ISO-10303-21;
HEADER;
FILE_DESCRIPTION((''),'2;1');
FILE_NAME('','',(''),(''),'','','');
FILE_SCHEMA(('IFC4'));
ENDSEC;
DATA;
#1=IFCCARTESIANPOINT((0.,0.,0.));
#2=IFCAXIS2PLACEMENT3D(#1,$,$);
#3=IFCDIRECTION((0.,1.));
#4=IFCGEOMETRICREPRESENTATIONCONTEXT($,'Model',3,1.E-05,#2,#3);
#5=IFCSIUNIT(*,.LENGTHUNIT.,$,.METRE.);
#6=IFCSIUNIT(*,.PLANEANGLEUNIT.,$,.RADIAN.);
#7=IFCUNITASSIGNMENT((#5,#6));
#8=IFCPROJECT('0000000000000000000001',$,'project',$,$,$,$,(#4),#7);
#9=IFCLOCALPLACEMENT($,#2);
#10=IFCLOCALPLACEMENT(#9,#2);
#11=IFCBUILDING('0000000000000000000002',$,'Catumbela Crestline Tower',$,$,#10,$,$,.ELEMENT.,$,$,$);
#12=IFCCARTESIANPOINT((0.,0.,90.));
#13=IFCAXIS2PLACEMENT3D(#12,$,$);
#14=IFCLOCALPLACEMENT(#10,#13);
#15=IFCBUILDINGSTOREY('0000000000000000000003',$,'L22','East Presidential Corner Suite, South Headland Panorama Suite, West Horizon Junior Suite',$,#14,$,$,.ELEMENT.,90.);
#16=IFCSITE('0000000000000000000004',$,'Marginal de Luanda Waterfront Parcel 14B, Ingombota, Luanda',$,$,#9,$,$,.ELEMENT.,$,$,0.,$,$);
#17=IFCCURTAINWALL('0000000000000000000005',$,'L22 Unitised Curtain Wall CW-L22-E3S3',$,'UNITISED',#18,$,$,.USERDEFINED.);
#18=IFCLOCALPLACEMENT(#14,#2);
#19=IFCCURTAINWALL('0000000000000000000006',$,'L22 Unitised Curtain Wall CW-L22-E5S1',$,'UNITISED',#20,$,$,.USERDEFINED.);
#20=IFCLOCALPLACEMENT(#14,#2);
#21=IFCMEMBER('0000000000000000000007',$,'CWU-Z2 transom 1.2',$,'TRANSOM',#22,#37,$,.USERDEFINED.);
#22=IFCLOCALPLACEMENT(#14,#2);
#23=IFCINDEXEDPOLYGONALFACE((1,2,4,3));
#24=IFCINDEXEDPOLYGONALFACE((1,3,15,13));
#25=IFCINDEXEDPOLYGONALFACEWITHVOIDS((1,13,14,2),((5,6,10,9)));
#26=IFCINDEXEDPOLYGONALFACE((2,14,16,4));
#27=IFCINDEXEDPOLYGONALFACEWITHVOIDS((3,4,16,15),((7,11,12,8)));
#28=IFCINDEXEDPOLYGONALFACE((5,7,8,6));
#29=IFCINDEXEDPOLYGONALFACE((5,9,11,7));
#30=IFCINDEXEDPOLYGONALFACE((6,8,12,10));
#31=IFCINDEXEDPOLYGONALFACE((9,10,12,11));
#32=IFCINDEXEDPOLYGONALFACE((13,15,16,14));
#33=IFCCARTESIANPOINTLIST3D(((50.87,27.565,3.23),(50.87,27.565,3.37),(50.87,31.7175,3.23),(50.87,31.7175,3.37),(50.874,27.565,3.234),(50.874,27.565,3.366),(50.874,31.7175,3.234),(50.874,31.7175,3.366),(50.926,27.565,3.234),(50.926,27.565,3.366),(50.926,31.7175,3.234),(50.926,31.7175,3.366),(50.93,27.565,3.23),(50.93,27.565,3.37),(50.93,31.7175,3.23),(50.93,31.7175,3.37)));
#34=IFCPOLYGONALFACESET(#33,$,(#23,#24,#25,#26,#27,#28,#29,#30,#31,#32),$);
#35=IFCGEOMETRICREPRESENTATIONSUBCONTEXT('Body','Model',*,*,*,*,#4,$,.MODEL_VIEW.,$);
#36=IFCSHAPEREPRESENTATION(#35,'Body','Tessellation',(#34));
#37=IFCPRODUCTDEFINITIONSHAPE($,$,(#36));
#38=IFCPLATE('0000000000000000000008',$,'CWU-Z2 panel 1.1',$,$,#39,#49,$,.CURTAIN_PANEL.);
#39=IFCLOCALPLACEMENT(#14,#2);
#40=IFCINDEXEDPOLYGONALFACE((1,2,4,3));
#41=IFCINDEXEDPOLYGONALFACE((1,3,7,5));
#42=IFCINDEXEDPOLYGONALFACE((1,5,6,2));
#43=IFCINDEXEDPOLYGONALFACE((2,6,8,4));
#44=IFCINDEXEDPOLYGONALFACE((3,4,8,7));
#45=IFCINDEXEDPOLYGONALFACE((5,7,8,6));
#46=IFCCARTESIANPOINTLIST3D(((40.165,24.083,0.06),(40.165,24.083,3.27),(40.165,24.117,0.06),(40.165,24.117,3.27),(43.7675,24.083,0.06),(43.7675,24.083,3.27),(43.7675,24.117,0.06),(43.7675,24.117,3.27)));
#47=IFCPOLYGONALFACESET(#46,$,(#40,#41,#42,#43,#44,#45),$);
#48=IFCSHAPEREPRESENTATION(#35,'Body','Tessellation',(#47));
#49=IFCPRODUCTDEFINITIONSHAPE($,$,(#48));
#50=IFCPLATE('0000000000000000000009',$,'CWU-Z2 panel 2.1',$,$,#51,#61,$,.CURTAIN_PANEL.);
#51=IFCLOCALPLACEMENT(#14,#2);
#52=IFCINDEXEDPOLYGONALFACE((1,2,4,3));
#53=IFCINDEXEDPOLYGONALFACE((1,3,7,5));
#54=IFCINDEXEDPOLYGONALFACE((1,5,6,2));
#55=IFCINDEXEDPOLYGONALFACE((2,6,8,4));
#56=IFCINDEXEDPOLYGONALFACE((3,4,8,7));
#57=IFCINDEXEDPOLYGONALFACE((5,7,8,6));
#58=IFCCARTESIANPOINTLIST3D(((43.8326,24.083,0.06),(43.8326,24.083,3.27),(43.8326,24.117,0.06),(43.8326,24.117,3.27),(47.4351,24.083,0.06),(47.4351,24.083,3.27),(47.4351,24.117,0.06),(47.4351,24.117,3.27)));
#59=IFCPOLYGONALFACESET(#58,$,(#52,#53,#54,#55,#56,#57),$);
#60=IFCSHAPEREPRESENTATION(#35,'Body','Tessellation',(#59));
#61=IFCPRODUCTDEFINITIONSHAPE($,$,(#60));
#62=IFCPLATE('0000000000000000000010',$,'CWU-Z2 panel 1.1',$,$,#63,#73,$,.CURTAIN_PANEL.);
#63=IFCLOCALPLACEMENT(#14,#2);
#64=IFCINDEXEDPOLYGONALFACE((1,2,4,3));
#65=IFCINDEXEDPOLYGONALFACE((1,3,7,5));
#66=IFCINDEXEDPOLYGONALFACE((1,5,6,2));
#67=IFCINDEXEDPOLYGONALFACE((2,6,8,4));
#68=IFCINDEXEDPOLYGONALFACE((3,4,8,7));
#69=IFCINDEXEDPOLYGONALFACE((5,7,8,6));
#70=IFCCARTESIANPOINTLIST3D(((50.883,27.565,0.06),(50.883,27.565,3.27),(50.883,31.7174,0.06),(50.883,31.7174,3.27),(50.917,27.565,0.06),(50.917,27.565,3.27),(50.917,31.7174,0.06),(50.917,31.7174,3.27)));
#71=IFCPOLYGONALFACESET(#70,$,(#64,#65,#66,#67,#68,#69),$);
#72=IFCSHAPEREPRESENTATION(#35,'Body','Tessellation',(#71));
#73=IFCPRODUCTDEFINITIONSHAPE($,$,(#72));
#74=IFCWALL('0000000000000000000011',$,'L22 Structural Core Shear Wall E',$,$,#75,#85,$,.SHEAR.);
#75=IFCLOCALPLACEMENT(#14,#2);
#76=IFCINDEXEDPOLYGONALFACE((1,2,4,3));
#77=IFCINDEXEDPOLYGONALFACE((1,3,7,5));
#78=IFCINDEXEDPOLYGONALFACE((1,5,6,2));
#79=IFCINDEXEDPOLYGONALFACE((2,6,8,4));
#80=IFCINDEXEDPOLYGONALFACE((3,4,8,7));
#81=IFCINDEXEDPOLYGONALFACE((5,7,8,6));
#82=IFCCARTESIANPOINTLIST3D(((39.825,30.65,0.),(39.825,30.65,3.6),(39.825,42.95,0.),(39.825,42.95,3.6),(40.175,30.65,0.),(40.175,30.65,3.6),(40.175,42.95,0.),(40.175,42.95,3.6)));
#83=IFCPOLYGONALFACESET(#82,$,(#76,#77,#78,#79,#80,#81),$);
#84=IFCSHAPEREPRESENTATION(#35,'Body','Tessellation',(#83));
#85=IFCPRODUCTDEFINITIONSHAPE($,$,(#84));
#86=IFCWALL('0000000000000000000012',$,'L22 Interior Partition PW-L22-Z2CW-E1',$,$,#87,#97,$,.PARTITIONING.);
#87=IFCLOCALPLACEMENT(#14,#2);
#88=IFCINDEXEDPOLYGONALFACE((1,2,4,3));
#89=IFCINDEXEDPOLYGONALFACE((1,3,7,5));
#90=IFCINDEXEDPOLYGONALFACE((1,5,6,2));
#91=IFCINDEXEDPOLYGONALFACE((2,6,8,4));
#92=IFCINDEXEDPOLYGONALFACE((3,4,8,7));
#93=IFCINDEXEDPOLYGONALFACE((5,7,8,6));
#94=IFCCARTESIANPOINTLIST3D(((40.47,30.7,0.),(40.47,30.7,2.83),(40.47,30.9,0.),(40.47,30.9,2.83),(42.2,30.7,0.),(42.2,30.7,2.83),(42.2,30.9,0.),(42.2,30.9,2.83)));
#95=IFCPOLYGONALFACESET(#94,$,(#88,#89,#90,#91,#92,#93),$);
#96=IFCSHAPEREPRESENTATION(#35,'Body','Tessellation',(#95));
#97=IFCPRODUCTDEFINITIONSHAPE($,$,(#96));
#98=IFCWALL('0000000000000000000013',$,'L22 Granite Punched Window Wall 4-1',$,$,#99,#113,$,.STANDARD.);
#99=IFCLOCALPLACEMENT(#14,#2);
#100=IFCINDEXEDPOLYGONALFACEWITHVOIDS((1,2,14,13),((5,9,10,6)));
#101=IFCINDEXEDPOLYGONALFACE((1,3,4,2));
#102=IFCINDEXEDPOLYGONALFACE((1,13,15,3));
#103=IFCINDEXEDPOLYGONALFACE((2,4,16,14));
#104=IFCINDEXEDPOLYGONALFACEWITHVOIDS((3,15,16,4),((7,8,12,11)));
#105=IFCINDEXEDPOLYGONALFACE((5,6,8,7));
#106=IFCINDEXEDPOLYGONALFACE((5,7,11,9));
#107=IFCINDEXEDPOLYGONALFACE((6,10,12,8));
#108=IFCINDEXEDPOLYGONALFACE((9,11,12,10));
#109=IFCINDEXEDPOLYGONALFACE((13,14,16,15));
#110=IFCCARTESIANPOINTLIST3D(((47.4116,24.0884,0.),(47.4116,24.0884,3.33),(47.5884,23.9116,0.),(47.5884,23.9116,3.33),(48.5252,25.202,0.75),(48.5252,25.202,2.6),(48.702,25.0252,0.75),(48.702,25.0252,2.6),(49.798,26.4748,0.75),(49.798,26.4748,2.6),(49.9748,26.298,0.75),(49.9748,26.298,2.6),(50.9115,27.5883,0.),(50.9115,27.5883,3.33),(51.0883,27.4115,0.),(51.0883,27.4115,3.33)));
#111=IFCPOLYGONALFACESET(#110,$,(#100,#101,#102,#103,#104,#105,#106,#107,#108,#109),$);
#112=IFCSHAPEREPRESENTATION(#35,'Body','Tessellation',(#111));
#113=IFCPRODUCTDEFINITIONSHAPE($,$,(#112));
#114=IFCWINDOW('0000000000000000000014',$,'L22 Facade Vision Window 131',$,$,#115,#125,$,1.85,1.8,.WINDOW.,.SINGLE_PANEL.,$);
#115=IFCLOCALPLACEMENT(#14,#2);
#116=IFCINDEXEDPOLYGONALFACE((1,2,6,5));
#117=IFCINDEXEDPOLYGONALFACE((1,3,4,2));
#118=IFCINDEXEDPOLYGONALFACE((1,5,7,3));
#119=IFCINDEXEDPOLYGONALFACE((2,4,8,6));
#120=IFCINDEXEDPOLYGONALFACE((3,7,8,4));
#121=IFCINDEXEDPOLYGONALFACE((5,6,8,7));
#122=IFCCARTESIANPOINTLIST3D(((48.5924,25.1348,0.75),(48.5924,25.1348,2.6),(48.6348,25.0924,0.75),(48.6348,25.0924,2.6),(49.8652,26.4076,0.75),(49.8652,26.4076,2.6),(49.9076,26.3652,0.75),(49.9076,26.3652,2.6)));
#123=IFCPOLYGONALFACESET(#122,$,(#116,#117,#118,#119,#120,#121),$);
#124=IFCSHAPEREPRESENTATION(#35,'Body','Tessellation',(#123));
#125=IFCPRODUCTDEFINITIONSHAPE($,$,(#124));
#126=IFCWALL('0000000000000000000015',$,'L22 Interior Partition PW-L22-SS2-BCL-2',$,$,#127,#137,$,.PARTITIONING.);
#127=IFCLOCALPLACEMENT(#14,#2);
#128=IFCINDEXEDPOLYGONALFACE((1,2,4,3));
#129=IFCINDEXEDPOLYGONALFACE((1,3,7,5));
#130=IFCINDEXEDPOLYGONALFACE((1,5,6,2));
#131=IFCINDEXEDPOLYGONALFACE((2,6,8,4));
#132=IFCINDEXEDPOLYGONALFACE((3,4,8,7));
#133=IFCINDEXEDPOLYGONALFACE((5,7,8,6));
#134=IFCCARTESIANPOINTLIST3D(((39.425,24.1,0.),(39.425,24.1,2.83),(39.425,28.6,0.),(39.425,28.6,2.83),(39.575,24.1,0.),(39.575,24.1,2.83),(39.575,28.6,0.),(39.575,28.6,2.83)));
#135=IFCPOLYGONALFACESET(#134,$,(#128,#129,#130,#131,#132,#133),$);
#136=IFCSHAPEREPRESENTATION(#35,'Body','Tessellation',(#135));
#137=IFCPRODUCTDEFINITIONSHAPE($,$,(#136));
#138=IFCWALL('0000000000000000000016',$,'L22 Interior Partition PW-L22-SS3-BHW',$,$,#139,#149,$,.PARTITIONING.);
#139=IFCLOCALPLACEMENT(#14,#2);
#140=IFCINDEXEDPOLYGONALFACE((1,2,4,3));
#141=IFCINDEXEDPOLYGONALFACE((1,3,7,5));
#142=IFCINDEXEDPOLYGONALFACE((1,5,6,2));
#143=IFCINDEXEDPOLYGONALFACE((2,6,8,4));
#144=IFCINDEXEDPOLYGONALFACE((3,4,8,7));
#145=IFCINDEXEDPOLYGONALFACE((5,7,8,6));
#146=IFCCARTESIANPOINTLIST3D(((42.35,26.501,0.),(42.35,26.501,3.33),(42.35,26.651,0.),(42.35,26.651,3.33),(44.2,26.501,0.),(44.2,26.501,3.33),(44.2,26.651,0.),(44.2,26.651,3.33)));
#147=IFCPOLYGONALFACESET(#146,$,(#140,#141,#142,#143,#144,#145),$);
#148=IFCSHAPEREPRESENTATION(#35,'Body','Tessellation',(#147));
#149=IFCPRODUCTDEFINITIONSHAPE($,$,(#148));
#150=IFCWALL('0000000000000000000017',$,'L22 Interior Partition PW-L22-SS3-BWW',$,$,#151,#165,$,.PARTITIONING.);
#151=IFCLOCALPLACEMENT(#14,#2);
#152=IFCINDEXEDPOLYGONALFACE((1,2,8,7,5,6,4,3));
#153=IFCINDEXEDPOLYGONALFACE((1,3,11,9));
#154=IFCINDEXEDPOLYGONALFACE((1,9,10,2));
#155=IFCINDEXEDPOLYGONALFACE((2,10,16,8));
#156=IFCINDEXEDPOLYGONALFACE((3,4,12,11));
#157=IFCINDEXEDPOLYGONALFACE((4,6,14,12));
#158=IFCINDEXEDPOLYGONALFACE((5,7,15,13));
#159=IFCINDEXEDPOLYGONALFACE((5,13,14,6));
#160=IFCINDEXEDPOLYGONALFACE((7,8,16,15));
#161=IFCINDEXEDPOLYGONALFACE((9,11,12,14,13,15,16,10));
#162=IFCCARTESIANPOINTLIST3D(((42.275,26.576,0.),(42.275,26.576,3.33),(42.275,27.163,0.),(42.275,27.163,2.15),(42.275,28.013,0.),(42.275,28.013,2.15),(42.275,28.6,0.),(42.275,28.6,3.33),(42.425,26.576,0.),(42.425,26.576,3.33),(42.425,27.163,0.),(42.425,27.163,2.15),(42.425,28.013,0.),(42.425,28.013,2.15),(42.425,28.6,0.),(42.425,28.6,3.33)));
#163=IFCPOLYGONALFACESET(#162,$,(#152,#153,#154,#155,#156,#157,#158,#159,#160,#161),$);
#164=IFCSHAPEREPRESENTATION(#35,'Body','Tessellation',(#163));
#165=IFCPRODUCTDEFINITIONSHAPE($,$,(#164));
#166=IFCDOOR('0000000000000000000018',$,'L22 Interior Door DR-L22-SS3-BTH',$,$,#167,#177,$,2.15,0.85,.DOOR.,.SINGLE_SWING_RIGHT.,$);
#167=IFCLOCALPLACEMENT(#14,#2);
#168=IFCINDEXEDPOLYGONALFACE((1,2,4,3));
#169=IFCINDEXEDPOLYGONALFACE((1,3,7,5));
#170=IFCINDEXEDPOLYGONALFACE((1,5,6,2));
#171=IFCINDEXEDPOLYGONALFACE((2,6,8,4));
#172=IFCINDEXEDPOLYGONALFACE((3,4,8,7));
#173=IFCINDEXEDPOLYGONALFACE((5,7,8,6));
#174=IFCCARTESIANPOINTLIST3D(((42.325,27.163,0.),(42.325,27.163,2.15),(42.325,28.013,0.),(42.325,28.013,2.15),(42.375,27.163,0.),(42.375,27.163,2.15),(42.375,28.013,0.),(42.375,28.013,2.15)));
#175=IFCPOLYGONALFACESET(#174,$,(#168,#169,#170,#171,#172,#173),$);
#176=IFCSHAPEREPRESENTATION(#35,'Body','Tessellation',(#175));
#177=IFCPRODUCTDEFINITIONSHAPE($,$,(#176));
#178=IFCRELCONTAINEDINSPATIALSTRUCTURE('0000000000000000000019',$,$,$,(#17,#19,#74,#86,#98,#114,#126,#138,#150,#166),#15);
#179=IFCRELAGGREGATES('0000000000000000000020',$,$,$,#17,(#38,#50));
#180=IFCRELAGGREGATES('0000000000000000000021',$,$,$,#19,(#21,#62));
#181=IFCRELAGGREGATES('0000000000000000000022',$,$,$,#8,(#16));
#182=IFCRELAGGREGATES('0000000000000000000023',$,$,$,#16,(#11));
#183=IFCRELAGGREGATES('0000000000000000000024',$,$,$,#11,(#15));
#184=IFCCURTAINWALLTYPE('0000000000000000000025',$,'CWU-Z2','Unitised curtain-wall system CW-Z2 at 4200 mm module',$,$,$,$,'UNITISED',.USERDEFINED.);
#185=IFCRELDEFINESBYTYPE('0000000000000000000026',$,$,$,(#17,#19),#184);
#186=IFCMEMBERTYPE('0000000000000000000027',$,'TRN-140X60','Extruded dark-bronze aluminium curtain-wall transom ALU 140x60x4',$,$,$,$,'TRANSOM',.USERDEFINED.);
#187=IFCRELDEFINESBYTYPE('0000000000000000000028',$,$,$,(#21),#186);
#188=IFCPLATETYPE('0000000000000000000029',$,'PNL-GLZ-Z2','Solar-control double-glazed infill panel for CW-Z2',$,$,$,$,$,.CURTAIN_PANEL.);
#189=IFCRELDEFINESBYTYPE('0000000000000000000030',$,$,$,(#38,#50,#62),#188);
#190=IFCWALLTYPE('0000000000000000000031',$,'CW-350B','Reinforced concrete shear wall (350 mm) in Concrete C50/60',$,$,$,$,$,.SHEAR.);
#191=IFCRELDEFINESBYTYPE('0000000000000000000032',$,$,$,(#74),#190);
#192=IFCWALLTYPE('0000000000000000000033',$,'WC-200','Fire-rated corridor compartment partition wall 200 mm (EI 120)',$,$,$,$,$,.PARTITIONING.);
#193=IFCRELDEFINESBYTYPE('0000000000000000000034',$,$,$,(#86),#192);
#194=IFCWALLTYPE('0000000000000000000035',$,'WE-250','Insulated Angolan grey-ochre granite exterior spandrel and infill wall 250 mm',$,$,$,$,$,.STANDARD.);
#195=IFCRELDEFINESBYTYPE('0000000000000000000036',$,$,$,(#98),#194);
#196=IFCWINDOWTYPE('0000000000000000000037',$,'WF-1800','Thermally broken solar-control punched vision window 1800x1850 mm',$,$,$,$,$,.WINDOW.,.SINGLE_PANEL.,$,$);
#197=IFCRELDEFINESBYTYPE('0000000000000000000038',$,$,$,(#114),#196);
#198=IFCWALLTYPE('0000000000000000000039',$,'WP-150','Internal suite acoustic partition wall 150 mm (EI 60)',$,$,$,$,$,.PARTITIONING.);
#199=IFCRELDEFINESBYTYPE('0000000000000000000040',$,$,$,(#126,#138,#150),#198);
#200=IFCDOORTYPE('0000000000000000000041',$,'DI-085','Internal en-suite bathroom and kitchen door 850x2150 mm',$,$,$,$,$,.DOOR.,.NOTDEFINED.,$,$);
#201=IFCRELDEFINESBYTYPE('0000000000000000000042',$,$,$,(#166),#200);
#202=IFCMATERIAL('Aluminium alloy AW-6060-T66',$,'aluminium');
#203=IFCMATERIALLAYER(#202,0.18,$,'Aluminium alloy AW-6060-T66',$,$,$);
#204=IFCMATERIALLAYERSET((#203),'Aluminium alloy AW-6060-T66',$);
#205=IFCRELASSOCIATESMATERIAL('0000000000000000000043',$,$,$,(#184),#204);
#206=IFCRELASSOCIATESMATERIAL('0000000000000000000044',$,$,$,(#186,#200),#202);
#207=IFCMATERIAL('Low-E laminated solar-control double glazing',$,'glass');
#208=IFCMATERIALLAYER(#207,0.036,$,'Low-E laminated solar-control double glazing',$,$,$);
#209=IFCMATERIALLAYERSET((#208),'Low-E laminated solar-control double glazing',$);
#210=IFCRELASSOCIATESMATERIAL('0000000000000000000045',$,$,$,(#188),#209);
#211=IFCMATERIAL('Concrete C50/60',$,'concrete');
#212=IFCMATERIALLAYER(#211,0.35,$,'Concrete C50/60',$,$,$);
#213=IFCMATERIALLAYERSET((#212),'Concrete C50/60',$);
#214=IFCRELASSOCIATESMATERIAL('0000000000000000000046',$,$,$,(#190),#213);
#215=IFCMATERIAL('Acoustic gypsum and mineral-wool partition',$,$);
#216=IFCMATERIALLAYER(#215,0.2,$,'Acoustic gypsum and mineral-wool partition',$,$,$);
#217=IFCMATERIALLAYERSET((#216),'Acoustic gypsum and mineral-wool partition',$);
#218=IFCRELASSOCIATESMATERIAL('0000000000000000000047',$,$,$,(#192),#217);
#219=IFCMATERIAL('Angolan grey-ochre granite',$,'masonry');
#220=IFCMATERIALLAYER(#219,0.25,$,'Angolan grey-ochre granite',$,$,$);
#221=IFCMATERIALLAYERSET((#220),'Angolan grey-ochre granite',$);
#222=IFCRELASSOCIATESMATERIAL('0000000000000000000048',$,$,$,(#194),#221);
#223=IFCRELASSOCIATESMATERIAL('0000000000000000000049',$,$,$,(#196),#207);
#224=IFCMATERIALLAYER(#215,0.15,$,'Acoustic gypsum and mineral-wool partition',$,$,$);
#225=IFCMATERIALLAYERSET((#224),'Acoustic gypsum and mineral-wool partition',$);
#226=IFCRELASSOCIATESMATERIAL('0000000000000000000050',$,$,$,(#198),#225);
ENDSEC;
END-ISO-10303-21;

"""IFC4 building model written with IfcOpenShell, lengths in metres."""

from ifc_helpers import new_model, si_unit, direction, frame, frame_2d, origin, origin_2d, place, context, subcontext, project, spatial, rectangle, hollow_rectangle, extrude, material, layer, layer_set, material_profile, profile_set, type_object, element, fill, aggregate, save


model = new_model("IFC4")

# Units and contexts
model_context = context("Model", 3, precision=1e-05, world=origin(), true_north=direction((0.0, 1.0)))
body_context = subcontext(model_context, "Body", "Model", "MODEL_VIEW")
ifc_project = project(units=[si_unit("LENGTHUNIT", "METRE"), si_unit("PLANEANGLEUNIT", "RADIAN")], contexts=[model_context])

# Site, building, storey
site_placement = place(None, origin())
site = spatial("IfcSite", under=ifc_project, at=site_placement, Name="Marginal de Luanda Waterfront Parcel 14B, Ingombota, Luanda", CompositionType="ELEMENT", RefElevation=0.0)
building_placement = place(site_placement, origin())
building = spatial("IfcBuilding", under=site, at=building_placement, Name="Catumbela Crestline Tower", CompositionType="ELEMENT")
storey_placement = place(building_placement, frame((0.0, 0.0, 90.0)))
storey = spatial("IfcBuildingStorey", under=building, at=storey_placement, Name="L22", Description="East Presidential Corner Suite, South Headland Panorama Suite, West Horizon Junior Suite", CompositionType="ELEMENT", Elevation=90.0)

# Shared definitions
ifc_material_1 = material(Name="Concrete C50/60", Category="concrete")

# Curtain wall
ifc_material_2 = material(Name="Aluminium alloy AW-6060-T66", Category="aluminium")
ifc_layer_1 = layer(ifc_material_2, 0.18, Name="Aluminium alloy AW-6060-T66")
ifc_layer_set_1 = layer_set([ifc_layer_1], Name="Aluminium alloy AW-6060-T66")
curtain_wall_type = type_object("IfcCurtainWallType", Name="CWU-Z2", Description="Unitised curtain-wall system CW-Z2 at 4200 mm module", ElementType="UNITISED", PredefinedType="USERDEFINED", material=ifc_layer_set_1)
curtain_wall_1_placement = place(storey_placement, origin())
curtain_wall_1 = element("IfcCurtainWall", 1, at=curtain_wall_1_placement, inside=storey, type_object=curtain_wall_type, Name="L22 Unitised Curtain Wall CW-L22-E3S3", ObjectType="UNITISED", PredefinedType="USERDEFINED")

# Curtain wall
curtain_wall_2_placement = place(storey_placement, origin())
curtain_wall_2 = element("IfcCurtainWall", 2, at=curtain_wall_2_placement, inside=storey, type_object=curtain_wall_type, Name="L22 Unitised Curtain Wall CW-L22-E5S1", ObjectType="UNITISED", PredefinedType="USERDEFINED")

# Member
ifc_material_profile_1 = material_profile(ifc_material_2, hollow_rectangle(XDim=0.06, YDim=0.14, WallThickness=0.004, at=origin_2d()), Name="ALU 140x60x4")
ifc_profile_set_1 = profile_set([ifc_material_profile_1], Name="Aluminium alloy AW-6060-T66")
member_type_1 = type_object("IfcMemberType", Name="TRN-140X60", Description="Extruded dark-bronze aluminium curtain-wall transom ALU 140x60x4", ElementType="TRANSOM", PredefinedType="USERDEFINED", material=ifc_profile_set_1)
member_1_placement = place(storey_placement, frame((50.9, 27.565, 3.3), z_axis=(0.0, 1.0, 0.0), x_axis=(-1.0, 0.0, 0.0)))
member_1 = element("IfcMember", 3, at=member_1_placement, type_object=member_type_1, Name="CWU-Z2 transom 1.2", ObjectType="TRANSOM", PredefinedType="USERDEFINED", context=body_context, shape_type="SweptSolid", body=[
    extrude(hollow_rectangle(XDim=0.06, YDim=0.14, WallThickness=0.004, at=origin_2d()), origin(), (0.0, 0.0, 1.0), 4.1525),
])

# Plates
ifc_material_3 = material(Name="Low-E laminated solar-control double glazing", Category="glass")
ifc_layer_2 = layer(ifc_material_3, 0.036, Name="Low-E laminated solar-control double glazing")
ifc_layer_set_2 = layer_set([ifc_layer_2], Name="Low-E laminated solar-control double glazing")
plate_type = type_object("IfcPlateType", Name="PNL-GLZ-Z2", Description="Solar-control double-glazed infill panel for CW-Z2", PredefinedType="CURTAIN_PANEL", material=ifc_layer_set_2)
plate_1_placement = place(storey_placement, frame((41.9662, 24.1, 0.06), z_axis=(0.0, 0.0, 1.0), x_axis=(1.0, 0.0, 0.0)))
plate_1 = element("IfcPlate", 4, at=plate_1_placement, type_object=plate_type, Name="CWU-Z2 panel 1.1", PredefinedType="CURTAIN_PANEL", context=body_context, shape_type="SweptSolid", body=[
    extrude(rectangle(XDim=3.6025, YDim=0.034, at=origin_2d()), origin(), (0.0, 0.0, 1.0), 3.21),
])
plate_2_placement = place(storey_placement, frame((45.6338, 24.1, 0.06), z_axis=(0.0, 0.0, 1.0), x_axis=(1.0, 0.0, 0.0)))
plate_2 = element("IfcPlate", 5, at=plate_2_placement, type_object=plate_type, Name="CWU-Z2 panel 2.1", PredefinedType="CURTAIN_PANEL", context=body_context, shape_type="SweptSolid", body=[
    extrude(rectangle(XDim=3.6025, YDim=0.034, at=origin_2d()), origin(), (0.0, 0.0, 1.0), 3.21),
])
aggregate(curtain_wall_1, [plate_1, plate_2])
plate_3_placement = place(storey_placement, frame((50.9, 29.6412, 0.06), z_axis=(0.0, 0.0, 1.0), x_axis=(0.0, 1.0, 0.0)))
plate_3 = element("IfcPlate", 6, at=plate_3_placement, type_object=plate_type, Name="CWU-Z2 panel 1.1", PredefinedType="CURTAIN_PANEL", context=body_context, shape_type="SweptSolid", body=[
    extrude(rectangle(XDim=4.1525, YDim=0.034, at=origin_2d()), origin(), (0.0, 0.0, 1.0), 3.21),
])
aggregate(curtain_wall_2, [member_1, plate_3])

# Walls
ifc_layer_3 = layer(ifc_material_1, 0.35, Name="Concrete C50/60")
ifc_layer_set_3 = layer_set([ifc_layer_3], Name="Concrete C50/60")
wall_type_1 = type_object("IfcWallType", Name="CW-350B", Description="Reinforced concrete shear wall (350 mm) in Concrete C50/60", PredefinedType="SHEAR", material=ifc_layer_set_3)
wall_1_placement = place(storey_placement, frame((40.0, 30.65, 0.0), z_axis=(0.0, 0.0, 1.0), x_axis=(0.0, 1.0, 0.0)))
element("IfcWall", 7, at=wall_1_placement, inside=storey, type_object=wall_type_1, Name="L22 Structural Core Shear Wall E", PredefinedType="SHEAR", context=body_context, shape_type="SweptSolid", body=[
    extrude(rectangle(XDim=12.3, YDim=0.35, at=frame_2d((6.15, 0.0))), origin(), (0.0, 0.0, 1.0), 3.6),
])
ifc_material_4 = material(Name="Acoustic gypsum and mineral-wool partition")
ifc_layer_4 = layer(ifc_material_4, 0.2, Name="Acoustic gypsum and mineral-wool partition")
ifc_layer_set_4 = layer_set([ifc_layer_4], Name="Acoustic gypsum and mineral-wool partition")
wall_type_2 = type_object("IfcWallType", Name="WC-200", Description="Fire-rated corridor compartment partition wall 200 mm (EI 120)", PredefinedType="PARTITIONING", material=ifc_layer_set_4)
wall_2_placement = place(storey_placement, frame((40.47, 30.8, 0.0), z_axis=(0.0, 0.0, 1.0), x_axis=(1.0, 0.0, 0.0)))
element("IfcWall", 8, at=wall_2_placement, inside=storey, type_object=wall_type_2, Name="L22 Interior Partition PW-L22-Z2CW-E1", PredefinedType="PARTITIONING", context=body_context, shape_type="SweptSolid", body=[
    extrude(rectangle(XDim=1.73, YDim=0.2, at=frame_2d((0.865, 0.0))), origin(), (0.0, 0.0, 1.0), 2.83),
])

# Wall, opening, window
ifc_material_5 = material(Name="Angolan grey-ochre granite", Category="masonry")
ifc_layer_5 = layer(ifc_material_5, 0.25, Name="Angolan grey-ochre granite")
ifc_layer_set_5 = layer_set([ifc_layer_5], Name="Angolan grey-ochre granite")
wall_type_3 = type_object("IfcWallType", Name="WE-250", Description="Insulated Angolan grey-ochre granite exterior spandrel and infill wall 250 mm", PredefinedType="STANDARD", material=ifc_layer_set_5)
wall_3_placement = place(storey_placement, frame((47.5, 24.0, 0.0), z_axis=(0.0, 0.0, 1.0), x_axis=(0.707107, 0.707107, 0.0)))
wall_3 = element("IfcWall", 9, at=wall_3_placement, inside=storey, type_object=wall_type_3, Name="L22 Granite Punched Window Wall 4-1", PredefinedType="STANDARD", context=body_context, shape_type="SweptSolid", body=[
    extrude(rectangle(XDim=4.9497, YDim=0.25, at=frame_2d((2.4748, 0.0))), origin(), (0.0, 0.0, 1.0), 3.33),
])
opening_1_placement = place(wall_3_placement, frame((1.5749, 0.0, 0.75)))
opening_1 = element("IfcOpeningElement", 10, at=opening_1_placement, cuts=wall_3, PredefinedType="OPENING", context=body_context, shape_type="SweptSolid", body=[
    extrude(rectangle(XDim=1.8, YDim=1.85, at=frame_2d((0.9, 0.925))), frame((0.0, 0.135, 0.0), z_axis=(0.0, -1.0, 0.0), x_axis=(1.0, 0.0, 0.0)), (0.0, 0.0, 1.0), 0.27),
])
window_type = type_object("IfcWindowType", Name="WF-1800", Description="Thermally broken solar-control punched vision window 1800x1850 mm", PartitioningType="SINGLE_PANEL", PredefinedType="WINDOW", material=ifc_material_3)
window_placement = place(opening_1_placement, origin())
window = element("IfcWindow", 11, at=window_placement, inside=storey, type_object=window_type, Name="L22 Facade Vision Window 131", OverallHeight=1.85, OverallWidth=1.8, PartitioningType="SINGLE_PANEL", PredefinedType="WINDOW", context=body_context, shape_type="SweptSolid", body=[
    extrude(rectangle(XDim=1.8, YDim=1.85, at=frame_2d((0.9, 0.925))), frame((0.0, 0.03, 0.0), z_axis=(0.0, -1.0, 0.0), x_axis=(1.0, 0.0, 0.0)), (0.0, 0.0, 1.0), 0.06),
])
fill(opening_1, window)

# Walls
ifc_layer_6 = layer(ifc_material_4, 0.15, Name="Acoustic gypsum and mineral-wool partition")
ifc_layer_set_6 = layer_set([ifc_layer_6], Name="Acoustic gypsum and mineral-wool partition")
wall_type_4 = type_object("IfcWallType", Name="WP-150", Description="Internal suite acoustic partition wall 150 mm (EI 60)", PredefinedType="PARTITIONING", material=ifc_layer_set_6)
wall_4_placement = place(storey_placement, frame((39.5, 28.6, 0.0), z_axis=(0.0, 0.0, 1.0), x_axis=(0.0, -1.0, 0.0)))
element("IfcWall", 12, at=wall_4_placement, inside=storey, type_object=wall_type_4, Name="L22 Interior Partition PW-L22-SS2-BCL-2", PredefinedType="PARTITIONING", context=body_context, shape_type="SweptSolid", body=[
    extrude(rectangle(XDim=4.5, YDim=0.15, at=frame_2d((2.25, 0.0))), origin(), (0.0, 0.0, 1.0), 2.83),
])
wall_5_placement = place(storey_placement, frame((42.35, 26.576, 0.0), z_axis=(0.0, 0.0, 1.0), x_axis=(1.0, 0.0, 0.0)))
element("IfcWall", 13, at=wall_5_placement, inside=storey, type_object=wall_type_4, Name="L22 Interior Partition PW-L22-SS3-BHW", PredefinedType="PARTITIONING", context=body_context, shape_type="SweptSolid", body=[
    extrude(rectangle(XDim=1.85, YDim=0.15, at=frame_2d((0.925, 0.0))), origin(), (0.0, 0.0, 1.0), 3.33),
])

# Wall, opening, door
wall_6_placement = place(storey_placement, frame((42.35, 26.576, 0.0), z_axis=(0.0, 0.0, 1.0), x_axis=(0.0, 1.0, 0.0)))
wall_6 = element("IfcWall", 14, at=wall_6_placement, inside=storey, type_object=wall_type_4, Name="L22 Interior Partition PW-L22-SS3-BWW", PredefinedType="PARTITIONING", context=body_context, shape_type="SweptSolid", body=[
    extrude(rectangle(XDim=2.024, YDim=0.15, at=frame_2d((1.012, 0.0))), origin(), (0.0, 0.0, 1.0), 3.33),
])
opening_2_placement = place(wall_6_placement, frame((0.587, 0.0, 0.0)))
opening_2 = element("IfcOpeningElement", 15, at=opening_2_placement, cuts=wall_6, PredefinedType="OPENING", context=body_context, shape_type="SweptSolid", body=[
    extrude(rectangle(XDim=0.85, YDim=2.15, at=frame_2d((0.425, 1.075))), frame((0.0, 0.085, 0.0), z_axis=(0.0, -1.0, 0.0), x_axis=(1.0, 0.0, 0.0)), (0.0, 0.0, 1.0), 0.17),
])
door_type = type_object("IfcDoorType", Name="DI-085", Description="Internal en-suite bathroom and kitchen door 850x2150 mm", OperationType="NOTDEFINED", PredefinedType="DOOR", material=ifc_material_2)
door_placement = place(opening_2_placement, origin())
door = element("IfcDoor", 16, at=door_placement, inside=storey, type_object=door_type, Name="L22 Interior Door DR-L22-SS3-BTH", OperationType="SINGLE_SWING_RIGHT", OverallHeight=2.15, OverallWidth=0.85, PredefinedType="DOOR", context=body_context, shape_type="SweptSolid", body=[
    extrude(rectangle(XDim=0.85, YDim=2.15, at=frame_2d((0.425, 1.075))), frame((0.0, 0.025, 0.0), z_axis=(0.0, -1.0, 0.0), x_axis=(1.0, 0.0, 0.0)), (0.0, 0.0, 1.0), 0.05),
])
fill(opening_2, door)

save(model, "model.ifc")
